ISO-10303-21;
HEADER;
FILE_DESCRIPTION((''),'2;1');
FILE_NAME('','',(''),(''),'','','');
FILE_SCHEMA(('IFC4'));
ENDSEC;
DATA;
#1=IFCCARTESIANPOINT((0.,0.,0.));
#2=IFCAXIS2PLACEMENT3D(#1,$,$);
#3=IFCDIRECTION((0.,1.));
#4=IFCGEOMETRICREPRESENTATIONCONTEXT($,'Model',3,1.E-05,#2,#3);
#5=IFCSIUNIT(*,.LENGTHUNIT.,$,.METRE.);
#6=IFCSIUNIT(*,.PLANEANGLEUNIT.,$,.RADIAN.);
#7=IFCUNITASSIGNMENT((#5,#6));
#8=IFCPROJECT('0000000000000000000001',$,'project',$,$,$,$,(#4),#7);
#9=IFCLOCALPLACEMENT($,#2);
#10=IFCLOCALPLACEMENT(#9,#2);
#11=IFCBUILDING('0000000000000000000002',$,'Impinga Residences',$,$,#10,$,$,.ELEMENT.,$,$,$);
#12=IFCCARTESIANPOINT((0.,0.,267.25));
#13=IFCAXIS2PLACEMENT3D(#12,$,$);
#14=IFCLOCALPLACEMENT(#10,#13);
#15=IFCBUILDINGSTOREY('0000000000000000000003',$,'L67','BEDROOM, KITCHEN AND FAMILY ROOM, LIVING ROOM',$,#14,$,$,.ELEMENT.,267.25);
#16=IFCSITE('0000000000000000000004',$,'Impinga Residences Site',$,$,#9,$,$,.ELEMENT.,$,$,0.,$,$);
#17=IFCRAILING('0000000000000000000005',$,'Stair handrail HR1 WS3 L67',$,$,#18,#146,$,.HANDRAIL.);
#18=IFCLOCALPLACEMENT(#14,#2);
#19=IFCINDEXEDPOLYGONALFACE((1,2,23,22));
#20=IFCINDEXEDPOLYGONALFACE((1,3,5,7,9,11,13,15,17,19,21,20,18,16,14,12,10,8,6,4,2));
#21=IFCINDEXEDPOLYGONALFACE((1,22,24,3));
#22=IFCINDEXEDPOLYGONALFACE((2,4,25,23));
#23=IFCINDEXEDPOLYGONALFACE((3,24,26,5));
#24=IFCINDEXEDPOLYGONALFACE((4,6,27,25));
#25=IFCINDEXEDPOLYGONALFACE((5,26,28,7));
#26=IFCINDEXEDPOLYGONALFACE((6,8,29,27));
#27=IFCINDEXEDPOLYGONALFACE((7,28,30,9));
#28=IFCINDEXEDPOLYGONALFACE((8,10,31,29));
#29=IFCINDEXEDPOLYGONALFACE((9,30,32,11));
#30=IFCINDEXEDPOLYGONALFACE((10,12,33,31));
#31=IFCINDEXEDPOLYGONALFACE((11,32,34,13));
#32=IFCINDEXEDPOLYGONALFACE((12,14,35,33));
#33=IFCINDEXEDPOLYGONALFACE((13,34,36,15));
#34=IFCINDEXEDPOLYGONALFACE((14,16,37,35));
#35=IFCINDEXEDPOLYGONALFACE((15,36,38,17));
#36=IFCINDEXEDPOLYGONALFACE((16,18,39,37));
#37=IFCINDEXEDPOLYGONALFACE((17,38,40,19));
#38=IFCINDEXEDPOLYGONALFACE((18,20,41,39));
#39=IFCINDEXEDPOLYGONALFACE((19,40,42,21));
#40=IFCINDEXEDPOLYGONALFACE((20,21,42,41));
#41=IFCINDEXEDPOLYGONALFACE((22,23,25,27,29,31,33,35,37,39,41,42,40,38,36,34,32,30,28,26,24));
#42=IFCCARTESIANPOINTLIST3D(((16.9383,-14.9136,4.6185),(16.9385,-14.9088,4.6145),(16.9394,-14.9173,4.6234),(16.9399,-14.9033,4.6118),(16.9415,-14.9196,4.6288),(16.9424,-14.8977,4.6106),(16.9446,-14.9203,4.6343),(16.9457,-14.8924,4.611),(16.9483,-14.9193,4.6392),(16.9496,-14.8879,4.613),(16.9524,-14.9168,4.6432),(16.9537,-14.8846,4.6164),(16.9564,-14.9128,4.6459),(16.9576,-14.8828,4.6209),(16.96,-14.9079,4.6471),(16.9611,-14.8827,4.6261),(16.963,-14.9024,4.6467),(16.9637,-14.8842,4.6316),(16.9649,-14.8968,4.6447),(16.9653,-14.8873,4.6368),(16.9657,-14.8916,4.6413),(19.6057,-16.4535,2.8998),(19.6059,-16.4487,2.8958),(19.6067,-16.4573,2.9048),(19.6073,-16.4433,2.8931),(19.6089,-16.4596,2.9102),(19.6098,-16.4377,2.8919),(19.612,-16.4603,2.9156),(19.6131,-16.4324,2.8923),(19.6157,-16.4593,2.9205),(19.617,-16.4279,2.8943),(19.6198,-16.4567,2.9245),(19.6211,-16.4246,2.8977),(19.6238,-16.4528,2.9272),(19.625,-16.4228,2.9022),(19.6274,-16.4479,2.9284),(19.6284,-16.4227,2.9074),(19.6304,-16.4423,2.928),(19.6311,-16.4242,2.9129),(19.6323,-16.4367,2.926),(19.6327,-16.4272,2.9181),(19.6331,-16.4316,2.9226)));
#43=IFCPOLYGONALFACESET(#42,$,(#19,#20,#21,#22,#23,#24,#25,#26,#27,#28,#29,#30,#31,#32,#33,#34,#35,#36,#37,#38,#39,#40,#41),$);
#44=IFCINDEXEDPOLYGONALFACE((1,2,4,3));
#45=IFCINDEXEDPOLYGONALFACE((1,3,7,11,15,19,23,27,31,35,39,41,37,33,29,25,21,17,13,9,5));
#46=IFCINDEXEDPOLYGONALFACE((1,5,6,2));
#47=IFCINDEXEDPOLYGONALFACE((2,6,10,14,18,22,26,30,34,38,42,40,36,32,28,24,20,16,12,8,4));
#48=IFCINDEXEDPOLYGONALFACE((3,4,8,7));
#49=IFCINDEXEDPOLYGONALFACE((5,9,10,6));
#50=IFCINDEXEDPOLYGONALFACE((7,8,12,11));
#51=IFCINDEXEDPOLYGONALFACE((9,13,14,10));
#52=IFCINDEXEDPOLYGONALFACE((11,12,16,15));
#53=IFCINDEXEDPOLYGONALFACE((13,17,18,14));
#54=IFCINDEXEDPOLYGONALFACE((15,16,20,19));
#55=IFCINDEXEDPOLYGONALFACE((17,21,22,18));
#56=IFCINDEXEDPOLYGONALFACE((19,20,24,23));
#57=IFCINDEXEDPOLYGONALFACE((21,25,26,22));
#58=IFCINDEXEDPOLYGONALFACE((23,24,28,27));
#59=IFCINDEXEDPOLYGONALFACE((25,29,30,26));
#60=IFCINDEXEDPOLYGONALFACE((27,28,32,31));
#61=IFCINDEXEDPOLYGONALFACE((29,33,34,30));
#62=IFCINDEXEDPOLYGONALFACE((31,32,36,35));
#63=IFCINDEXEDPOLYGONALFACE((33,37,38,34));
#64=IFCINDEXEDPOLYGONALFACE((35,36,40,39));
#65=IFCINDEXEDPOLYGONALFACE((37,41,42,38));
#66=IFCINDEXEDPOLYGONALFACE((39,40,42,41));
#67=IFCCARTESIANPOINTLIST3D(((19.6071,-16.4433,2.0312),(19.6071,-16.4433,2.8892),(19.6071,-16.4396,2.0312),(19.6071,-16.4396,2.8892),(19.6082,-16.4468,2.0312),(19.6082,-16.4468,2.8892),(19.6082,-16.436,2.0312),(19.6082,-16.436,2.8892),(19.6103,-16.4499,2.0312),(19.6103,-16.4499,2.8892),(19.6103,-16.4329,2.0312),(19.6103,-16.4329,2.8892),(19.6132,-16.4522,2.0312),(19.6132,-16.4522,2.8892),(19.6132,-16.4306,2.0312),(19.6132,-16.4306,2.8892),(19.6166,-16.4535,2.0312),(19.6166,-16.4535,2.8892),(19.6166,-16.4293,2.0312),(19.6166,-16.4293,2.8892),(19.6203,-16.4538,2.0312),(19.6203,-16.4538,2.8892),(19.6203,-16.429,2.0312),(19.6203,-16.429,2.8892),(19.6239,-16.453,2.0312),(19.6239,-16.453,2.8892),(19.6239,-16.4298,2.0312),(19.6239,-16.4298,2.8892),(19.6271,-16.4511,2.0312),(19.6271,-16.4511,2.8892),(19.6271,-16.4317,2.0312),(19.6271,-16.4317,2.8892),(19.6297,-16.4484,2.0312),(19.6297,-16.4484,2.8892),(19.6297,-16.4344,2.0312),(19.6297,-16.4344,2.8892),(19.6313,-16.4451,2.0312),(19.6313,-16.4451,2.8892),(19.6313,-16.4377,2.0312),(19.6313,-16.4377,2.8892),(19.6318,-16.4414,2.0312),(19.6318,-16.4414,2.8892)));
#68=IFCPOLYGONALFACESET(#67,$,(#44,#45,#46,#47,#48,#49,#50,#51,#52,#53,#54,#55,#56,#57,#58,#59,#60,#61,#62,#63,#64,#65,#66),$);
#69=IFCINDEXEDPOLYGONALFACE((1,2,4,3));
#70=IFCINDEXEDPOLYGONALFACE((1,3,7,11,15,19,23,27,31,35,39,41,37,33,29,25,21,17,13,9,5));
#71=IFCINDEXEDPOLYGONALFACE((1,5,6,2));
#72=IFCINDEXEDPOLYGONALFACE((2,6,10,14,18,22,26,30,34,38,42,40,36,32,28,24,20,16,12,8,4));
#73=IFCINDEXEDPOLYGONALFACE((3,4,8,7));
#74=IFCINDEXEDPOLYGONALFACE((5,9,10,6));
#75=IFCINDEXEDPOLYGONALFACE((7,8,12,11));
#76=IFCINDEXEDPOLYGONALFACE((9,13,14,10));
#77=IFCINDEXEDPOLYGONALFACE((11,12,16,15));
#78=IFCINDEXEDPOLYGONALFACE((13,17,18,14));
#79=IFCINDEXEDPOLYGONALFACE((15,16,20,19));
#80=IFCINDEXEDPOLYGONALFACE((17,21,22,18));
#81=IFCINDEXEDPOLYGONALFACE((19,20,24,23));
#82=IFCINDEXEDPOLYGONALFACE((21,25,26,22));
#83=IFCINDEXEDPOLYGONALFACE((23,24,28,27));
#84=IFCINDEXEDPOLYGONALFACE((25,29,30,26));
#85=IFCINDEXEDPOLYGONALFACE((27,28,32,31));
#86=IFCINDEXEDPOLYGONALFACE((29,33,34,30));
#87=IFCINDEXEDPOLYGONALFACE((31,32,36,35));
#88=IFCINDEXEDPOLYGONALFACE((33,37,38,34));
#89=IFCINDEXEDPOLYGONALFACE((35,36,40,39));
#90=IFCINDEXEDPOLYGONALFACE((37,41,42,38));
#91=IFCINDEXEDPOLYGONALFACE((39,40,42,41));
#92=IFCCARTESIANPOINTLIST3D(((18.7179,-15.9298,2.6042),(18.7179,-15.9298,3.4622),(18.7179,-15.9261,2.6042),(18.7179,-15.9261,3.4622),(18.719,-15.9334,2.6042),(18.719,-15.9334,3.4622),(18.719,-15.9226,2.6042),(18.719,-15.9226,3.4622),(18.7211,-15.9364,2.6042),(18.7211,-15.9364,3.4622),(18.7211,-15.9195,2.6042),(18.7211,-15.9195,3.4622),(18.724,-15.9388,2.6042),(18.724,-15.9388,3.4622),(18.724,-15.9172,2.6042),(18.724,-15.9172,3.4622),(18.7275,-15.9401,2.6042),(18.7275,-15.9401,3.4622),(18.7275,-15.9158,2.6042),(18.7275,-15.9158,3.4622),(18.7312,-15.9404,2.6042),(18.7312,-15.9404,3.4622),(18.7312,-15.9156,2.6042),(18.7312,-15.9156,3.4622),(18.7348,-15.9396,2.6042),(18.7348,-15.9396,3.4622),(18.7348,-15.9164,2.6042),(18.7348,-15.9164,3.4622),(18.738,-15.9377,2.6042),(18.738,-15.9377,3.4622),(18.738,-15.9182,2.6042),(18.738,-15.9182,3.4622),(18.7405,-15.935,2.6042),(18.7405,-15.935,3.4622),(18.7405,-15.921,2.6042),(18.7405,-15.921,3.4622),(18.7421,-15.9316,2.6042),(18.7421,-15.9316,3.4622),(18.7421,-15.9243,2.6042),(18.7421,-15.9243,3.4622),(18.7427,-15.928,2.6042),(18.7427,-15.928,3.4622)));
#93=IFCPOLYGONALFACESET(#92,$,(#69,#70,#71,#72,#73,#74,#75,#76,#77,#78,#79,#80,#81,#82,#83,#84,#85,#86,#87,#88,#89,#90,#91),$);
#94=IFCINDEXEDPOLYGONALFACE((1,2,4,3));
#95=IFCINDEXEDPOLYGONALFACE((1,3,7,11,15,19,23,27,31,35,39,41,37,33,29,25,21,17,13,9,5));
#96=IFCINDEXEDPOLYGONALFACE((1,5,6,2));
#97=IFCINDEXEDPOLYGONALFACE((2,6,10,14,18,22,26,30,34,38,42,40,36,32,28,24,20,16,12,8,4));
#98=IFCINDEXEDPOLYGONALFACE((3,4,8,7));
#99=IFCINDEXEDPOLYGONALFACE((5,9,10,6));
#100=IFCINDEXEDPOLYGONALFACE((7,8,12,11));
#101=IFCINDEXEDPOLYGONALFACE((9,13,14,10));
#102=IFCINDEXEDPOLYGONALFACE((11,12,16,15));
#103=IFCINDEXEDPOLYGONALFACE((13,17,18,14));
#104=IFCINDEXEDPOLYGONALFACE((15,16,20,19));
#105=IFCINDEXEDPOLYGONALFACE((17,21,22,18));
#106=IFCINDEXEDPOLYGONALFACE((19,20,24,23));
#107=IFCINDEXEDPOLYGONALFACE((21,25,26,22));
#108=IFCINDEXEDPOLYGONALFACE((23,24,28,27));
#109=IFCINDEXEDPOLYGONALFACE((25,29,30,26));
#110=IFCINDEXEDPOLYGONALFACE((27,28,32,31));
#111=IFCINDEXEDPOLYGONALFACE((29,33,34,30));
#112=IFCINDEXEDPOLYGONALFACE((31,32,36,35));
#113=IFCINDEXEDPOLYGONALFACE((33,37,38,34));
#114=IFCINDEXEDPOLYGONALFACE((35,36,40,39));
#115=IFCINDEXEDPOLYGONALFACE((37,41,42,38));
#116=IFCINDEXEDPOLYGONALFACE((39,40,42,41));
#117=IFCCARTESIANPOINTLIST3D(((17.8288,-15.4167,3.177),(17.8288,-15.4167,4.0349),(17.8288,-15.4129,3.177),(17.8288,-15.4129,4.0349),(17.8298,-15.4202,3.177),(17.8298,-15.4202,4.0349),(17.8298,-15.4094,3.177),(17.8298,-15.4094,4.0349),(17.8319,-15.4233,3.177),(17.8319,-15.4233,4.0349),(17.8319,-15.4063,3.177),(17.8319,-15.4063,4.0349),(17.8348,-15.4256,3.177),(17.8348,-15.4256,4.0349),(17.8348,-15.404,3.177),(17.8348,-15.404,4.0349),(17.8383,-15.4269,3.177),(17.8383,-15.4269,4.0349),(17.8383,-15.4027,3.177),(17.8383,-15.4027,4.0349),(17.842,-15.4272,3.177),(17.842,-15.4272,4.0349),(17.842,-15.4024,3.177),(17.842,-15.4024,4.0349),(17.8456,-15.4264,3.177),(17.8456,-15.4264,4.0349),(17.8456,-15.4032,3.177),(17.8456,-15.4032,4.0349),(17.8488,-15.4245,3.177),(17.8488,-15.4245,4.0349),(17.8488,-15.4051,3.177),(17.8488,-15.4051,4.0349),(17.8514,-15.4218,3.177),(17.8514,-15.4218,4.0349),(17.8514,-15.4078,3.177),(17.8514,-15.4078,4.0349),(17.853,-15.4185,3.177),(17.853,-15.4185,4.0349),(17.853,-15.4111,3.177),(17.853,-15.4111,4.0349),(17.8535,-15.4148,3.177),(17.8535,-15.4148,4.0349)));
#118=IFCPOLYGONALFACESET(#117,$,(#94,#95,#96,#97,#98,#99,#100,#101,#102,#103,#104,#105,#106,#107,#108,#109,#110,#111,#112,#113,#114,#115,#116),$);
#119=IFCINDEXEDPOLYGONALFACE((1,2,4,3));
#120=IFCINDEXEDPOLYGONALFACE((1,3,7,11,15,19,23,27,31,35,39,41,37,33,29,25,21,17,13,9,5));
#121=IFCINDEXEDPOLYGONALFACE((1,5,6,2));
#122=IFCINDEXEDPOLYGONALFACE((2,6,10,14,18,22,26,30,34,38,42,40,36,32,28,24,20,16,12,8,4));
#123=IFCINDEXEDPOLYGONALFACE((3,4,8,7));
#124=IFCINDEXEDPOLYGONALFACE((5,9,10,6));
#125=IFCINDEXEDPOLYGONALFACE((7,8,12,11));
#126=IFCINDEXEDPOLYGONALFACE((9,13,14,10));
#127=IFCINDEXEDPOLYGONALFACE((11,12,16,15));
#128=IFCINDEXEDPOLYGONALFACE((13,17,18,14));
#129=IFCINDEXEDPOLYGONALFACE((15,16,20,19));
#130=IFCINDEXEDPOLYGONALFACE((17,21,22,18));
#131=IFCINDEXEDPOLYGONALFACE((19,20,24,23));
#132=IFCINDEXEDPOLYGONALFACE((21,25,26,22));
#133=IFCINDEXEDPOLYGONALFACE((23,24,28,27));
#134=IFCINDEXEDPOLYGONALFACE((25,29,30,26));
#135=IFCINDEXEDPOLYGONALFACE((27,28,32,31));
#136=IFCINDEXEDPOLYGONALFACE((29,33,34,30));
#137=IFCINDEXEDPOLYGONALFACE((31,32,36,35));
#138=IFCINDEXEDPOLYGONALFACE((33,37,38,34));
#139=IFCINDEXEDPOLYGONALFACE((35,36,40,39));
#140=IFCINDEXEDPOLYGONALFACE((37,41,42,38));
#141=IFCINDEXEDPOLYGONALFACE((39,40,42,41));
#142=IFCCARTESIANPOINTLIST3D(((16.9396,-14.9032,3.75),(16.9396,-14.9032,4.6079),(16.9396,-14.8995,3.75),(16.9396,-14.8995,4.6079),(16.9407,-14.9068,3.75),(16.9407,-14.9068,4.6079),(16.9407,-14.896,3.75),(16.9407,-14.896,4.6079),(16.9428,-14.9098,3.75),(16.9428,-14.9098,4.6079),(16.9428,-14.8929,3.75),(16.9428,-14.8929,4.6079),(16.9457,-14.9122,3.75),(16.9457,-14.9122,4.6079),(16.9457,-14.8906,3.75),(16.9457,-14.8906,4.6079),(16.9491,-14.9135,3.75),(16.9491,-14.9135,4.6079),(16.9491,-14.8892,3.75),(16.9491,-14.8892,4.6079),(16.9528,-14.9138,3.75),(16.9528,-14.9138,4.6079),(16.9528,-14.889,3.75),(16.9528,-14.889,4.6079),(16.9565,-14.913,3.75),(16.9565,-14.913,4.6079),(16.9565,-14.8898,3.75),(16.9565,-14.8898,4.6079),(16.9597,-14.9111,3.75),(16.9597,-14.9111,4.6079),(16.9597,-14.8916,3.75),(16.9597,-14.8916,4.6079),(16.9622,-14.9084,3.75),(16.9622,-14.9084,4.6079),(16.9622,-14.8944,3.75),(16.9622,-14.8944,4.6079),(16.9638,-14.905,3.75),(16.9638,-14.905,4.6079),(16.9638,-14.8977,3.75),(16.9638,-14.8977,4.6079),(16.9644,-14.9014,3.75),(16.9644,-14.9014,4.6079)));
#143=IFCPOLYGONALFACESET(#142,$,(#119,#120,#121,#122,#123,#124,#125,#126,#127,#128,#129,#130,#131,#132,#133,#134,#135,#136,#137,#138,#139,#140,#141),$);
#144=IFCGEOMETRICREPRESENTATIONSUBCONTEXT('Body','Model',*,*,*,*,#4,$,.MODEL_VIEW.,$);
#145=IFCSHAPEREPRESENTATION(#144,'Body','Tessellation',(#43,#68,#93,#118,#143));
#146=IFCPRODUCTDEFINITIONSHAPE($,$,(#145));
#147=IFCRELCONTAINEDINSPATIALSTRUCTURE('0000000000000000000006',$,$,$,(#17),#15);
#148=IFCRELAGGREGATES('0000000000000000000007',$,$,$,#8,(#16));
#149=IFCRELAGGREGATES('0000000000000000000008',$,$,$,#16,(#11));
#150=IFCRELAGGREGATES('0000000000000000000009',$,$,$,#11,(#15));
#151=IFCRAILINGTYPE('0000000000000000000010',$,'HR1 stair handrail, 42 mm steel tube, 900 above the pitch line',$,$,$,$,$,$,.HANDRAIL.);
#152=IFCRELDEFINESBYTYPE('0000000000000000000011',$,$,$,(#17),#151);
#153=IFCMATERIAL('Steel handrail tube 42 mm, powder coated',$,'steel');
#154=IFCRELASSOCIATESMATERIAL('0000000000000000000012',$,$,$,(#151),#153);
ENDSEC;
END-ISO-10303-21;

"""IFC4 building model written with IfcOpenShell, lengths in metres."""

from ifc_helpers import new_model, si_unit, direction, frame, origin, origin_2d, place, context, subcontext, project, spatial, circle, extrude, material, type_object, element, save


model = new_model("IFC4")

# Units and contexts
model_context = context("Model", 3, precision=1e-05, world=origin(), true_north=direction((0.0, 1.0)))
body_context = subcontext(model_context, "Body", "Model", "MODEL_VIEW")
ifc_project = project(units=[si_unit("LENGTHUNIT", "METRE"), si_unit("PLANEANGLEUNIT", "RADIAN")], contexts=[model_context])

# Site, building, storey
site_placement = place(None, origin())
site = spatial("IfcSite", under=ifc_project, at=site_placement, Name="Impinga Residences Site", CompositionType="ELEMENT", RefElevation=0.0)
building_placement = place(site_placement, origin())
building = spatial("IfcBuilding", under=site, at=building_placement, Name="Impinga Residences", CompositionType="ELEMENT")
storey_placement = place(building_placement, frame((0.0, 0.0, 267.25)))
storey = spatial("IfcBuildingStorey", under=building, at=storey_placement, Name="L67", Description="BEDROOM, KITCHEN AND FAMILY ROOM, LIVING ROOM", CompositionType="ELEMENT", Elevation=267.25)

# Railing
ifc_material_1 = material(Name="Steel handrail tube 42 mm, powder coated", Category="steel")
railing_type_1 = type_object("IfcRailingType", Name="HR1 stair handrail, 42 mm steel tube, 900 above the pitch line", PredefinedType="HANDRAIL", material=ifc_material_1)
railing_1_placement = place(storey_placement, frame((19.6194, -16.4414, 2.0312)))
element("IfcRailing", 1, at=railing_1_placement, inside=storey, type_object=railing_type_1, Name="Stair handrail HR1 WS3 L67", PredefinedType="HANDRAIL", context=body_context, shape_type="SweptSolid", body=[
    extrude(circle(Radius=0.021, at=origin_2d()), frame((0.0, 0.0, 0.8789), z_axis=(-0.756256, 0.436616, 0.487282), x_axis=(-0.499992, -0.86603, 0.0)), (0.0, 0.0, 1.0), 3.5271),
    extrude(circle(Radius=0.0125, at=origin_2d()), origin(), (0.0, 0.0, 1.0), 0.8579),
    extrude(circle(Radius=0.0125, at=origin_2d()), frame((-0.8892, 0.5134, 0.573)), (0.0, 0.0, 1.0), 0.8579),
    extrude(circle(Radius=0.0125, at=origin_2d()), frame((-1.7783, 1.0266, 1.1458)), (0.0, 0.0, 1.0), 0.8579),
    extrude(circle(Radius=0.0125, at=origin_2d()), frame((-2.6675, 1.54, 1.7188)), (0.0, 0.0, 1.0), 0.8579),
])

save(model, "model.ifc")
